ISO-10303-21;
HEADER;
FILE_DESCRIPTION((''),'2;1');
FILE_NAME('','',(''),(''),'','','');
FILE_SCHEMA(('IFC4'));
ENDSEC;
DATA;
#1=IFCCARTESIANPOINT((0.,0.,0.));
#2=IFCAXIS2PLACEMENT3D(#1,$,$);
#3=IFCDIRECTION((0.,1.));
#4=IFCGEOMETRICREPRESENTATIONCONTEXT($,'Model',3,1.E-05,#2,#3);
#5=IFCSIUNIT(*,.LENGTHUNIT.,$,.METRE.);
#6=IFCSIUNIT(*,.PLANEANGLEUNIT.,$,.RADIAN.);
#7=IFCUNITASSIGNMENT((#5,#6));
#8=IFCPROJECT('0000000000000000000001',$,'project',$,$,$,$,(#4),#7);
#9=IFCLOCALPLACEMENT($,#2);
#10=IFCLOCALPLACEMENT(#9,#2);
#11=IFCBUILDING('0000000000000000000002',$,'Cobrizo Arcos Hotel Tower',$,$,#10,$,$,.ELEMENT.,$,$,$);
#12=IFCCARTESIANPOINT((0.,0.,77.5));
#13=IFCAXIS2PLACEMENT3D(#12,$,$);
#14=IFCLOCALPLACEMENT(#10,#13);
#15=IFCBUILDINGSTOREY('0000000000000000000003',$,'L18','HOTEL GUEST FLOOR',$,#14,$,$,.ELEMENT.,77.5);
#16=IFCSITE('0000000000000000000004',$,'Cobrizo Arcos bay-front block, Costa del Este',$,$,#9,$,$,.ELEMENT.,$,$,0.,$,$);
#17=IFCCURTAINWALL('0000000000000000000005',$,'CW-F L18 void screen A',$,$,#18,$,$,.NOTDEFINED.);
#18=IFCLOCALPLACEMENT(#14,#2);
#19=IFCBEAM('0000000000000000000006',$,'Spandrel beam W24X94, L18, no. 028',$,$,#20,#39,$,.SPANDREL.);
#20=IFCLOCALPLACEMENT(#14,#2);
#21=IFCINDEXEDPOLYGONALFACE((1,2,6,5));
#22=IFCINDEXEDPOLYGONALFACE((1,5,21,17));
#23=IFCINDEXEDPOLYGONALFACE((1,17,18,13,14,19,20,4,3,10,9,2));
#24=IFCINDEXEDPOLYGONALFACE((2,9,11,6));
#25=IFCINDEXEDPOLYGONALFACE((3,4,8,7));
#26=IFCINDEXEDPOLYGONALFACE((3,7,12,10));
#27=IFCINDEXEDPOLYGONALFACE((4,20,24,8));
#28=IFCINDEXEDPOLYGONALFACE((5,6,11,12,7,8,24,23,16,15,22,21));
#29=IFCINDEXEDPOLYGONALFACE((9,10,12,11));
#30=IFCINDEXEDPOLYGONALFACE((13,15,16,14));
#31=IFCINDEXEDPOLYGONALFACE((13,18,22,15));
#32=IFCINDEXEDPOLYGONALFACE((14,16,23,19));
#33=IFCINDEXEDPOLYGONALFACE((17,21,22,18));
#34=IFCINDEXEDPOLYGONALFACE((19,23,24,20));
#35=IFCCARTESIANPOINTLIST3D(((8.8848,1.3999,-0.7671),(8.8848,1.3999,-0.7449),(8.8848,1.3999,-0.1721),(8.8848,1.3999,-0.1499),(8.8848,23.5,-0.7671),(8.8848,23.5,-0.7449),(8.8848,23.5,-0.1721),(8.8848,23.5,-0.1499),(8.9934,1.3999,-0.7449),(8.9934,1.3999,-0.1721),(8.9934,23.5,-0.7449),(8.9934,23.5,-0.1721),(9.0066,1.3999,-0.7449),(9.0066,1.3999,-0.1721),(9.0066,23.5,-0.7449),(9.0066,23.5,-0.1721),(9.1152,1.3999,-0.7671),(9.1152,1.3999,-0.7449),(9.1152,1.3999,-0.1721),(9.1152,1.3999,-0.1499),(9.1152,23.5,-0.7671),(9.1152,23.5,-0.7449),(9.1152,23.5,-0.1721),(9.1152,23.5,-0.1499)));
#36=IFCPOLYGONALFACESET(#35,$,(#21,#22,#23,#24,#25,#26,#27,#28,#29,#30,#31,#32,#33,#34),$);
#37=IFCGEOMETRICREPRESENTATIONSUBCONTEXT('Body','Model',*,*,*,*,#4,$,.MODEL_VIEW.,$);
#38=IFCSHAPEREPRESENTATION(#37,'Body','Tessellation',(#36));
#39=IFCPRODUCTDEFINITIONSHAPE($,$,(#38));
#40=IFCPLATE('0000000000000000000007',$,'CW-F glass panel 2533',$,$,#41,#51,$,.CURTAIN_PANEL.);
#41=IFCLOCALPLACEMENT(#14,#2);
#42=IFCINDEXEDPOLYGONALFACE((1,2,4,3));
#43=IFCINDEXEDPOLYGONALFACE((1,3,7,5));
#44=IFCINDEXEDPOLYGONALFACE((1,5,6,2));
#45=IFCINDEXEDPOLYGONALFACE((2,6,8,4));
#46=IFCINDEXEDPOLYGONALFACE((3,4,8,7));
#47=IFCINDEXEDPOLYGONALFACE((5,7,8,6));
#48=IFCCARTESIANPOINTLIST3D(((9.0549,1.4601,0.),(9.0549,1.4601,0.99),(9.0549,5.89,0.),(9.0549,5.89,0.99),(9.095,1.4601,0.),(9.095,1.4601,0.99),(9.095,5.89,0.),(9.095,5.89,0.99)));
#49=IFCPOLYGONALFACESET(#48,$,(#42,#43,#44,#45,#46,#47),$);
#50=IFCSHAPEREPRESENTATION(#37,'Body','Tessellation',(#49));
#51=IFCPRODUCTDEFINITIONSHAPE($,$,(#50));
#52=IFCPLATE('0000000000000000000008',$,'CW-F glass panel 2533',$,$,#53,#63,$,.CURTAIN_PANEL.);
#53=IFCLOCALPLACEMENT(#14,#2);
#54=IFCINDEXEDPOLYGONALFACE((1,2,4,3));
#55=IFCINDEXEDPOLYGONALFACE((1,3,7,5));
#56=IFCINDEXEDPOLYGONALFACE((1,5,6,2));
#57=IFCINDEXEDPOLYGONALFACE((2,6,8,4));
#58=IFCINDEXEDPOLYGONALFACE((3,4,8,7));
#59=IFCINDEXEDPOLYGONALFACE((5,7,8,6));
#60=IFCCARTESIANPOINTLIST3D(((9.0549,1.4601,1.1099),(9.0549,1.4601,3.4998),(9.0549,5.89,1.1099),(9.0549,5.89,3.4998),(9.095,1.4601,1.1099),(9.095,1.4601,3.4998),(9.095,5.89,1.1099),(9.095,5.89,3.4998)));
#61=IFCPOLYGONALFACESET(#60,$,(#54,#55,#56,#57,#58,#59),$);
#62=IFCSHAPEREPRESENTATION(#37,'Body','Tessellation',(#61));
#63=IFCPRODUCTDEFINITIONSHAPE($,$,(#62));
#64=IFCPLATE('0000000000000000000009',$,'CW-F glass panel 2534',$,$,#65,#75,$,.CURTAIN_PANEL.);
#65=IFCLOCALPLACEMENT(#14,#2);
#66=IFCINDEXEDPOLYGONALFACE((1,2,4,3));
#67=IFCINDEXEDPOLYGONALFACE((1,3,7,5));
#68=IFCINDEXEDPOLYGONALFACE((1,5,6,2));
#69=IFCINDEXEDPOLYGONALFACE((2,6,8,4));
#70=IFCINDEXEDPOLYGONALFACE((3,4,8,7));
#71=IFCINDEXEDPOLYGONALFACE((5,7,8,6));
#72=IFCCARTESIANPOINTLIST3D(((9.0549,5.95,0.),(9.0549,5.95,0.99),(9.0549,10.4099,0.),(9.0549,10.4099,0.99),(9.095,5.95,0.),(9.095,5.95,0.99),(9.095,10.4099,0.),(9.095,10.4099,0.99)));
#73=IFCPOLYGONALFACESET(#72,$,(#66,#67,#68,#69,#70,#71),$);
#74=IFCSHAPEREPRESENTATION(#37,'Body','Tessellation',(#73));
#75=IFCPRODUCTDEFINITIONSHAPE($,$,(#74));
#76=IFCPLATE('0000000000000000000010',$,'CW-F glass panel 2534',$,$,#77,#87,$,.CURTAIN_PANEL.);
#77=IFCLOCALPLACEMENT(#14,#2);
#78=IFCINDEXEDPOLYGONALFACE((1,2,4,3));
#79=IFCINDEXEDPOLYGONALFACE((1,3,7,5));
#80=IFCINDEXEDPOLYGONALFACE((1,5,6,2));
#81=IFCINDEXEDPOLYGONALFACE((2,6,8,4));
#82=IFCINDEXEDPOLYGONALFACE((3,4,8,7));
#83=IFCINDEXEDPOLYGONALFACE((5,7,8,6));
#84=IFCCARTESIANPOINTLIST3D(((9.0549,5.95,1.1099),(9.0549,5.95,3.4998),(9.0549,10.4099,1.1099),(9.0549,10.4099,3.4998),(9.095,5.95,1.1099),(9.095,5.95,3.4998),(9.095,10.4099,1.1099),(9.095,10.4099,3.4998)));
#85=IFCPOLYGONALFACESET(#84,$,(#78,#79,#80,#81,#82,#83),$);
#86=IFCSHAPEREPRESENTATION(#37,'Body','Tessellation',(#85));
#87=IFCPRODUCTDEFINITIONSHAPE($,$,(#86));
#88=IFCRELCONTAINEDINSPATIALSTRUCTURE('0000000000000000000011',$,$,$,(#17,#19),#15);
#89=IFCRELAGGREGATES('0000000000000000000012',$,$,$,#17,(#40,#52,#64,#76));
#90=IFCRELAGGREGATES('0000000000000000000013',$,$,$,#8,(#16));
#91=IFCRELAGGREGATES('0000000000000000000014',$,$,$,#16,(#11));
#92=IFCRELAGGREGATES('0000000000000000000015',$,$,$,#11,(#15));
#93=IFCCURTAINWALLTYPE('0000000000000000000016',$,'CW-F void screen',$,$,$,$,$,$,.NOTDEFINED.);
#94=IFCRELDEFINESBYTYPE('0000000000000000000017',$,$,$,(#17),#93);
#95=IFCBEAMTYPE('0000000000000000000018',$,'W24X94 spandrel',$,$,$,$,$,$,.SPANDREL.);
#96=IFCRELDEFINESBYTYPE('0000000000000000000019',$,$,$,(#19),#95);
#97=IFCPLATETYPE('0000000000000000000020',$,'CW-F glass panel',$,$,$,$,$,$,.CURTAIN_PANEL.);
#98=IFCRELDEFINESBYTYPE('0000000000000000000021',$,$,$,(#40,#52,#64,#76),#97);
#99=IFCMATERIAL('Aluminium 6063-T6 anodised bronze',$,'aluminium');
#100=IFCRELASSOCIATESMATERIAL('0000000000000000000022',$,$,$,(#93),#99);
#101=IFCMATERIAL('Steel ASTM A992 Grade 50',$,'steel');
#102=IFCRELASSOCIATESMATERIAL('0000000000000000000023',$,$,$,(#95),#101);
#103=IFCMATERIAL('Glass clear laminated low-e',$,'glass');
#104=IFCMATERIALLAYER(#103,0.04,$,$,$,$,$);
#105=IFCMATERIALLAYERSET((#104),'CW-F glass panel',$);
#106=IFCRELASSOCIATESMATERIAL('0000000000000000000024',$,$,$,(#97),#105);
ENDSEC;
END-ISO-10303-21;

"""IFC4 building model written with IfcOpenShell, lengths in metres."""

from ifc_helpers import new_model, si_unit, direction, frame, origin, origin_2d, place, context, subcontext, project, spatial, rectangle, i_section, extrude, material, layer, layer_set, material_profile, profile_set, type_object, element, aggregate, save


model = new_model("IFC4")

# Units and contexts
model_context = context("Model", 3, precision=1e-05, world=origin(), true_north=direction((0.0, 1.0)))
body_context = subcontext(model_context, "Body", "Model", "MODEL_VIEW")
ifc_project = project(units=[si_unit("LENGTHUNIT", "METRE"), si_unit("PLANEANGLEUNIT", "RADIAN")], contexts=[model_context])

# Site, building, storey
site_placement = place(None, origin())
site = spatial("IfcSite", under=ifc_project, at=site_placement, Name="Cobrizo Arcos bay-front block, Costa del Este", CompositionType="ELEMENT", RefElevation=0.0)
building_placement = place(site_placement, origin())
building = spatial("IfcBuilding", under=site, at=building_placement, Name="Cobrizo Arcos Hotel Tower", CompositionType="ELEMENT")
storey_placement = place(building_placement, frame((0.0, 0.0, 77.5)))
storey = spatial("IfcBuildingStorey", under=building, at=storey_placement, Name="L18", Description="HOTEL GUEST FLOOR", CompositionType="ELEMENT", Elevation=77.5)

# Shared definitions
ifc_material_1 = material(Name="Steel ASTM A992 Grade 50", Category="steel")

# Curtain wall
ifc_material_2 = material(Name="Aluminium 6063-T6 anodised bronze", Category="aluminium")
curtain_wall_type = type_object("IfcCurtainWallType", Name="CW-F void screen", PredefinedType="NOTDEFINED", material=ifc_material_2)
curtain_wall_placement = place(storey_placement, origin())
curtain_wall = element("IfcCurtainWall", 1, at=curtain_wall_placement, inside=storey, type_object=curtain_wall_type, Name="CW-F L18 void screen A", PredefinedType="NOTDEFINED")

# Beam
ifc_material_profile_1 = material_profile(ifc_material_1, i_section(OverallWidth=0.2305, OverallDepth=0.6172, WebThickness=0.0132, FlangeThickness=0.0222, at=origin_2d()), Name="W24X94")
ifc_profile_set_1 = profile_set([ifc_material_profile_1], Name="Steel ASTM A992 Grade 50")
beam_type_1 = type_object("IfcBeamType", Name="W24X94 spandrel", PredefinedType="SPANDREL", material=ifc_profile_set_1)
beam_1_placement = place(storey_placement, frame((9.0, 1.3999, -0.4585), z_axis=(0.0, 1.0, 0.0), x_axis=(-1.0, 0.0, 0.0)))
element("IfcBeam", 2, at=beam_1_placement, inside=storey, type_object=beam_type_1, Name="Spandrel beam W24X94, L18, no. 028", PredefinedType="SPANDREL", context=body_context, shape_type="SweptSolid", body=[
    extrude(i_section(OverallWidth=0.2305, OverallDepth=0.6172, WebThickness=0.0132, FlangeThickness=0.0222, at=origin_2d()), origin(), (0.0, 0.0, 1.0), 22.1001),
])

# Plates
ifc_material_3 = material(Name="Glass clear laminated low-e", Category="glass")
ifc_layer_1 = layer(ifc_material_3, 0.04)
ifc_layer_set_1 = layer_set([ifc_layer_1], Name="CW-F glass panel")
plate_type = type_object("IfcPlateType", Name="CW-F glass panel", PredefinedType="CURTAIN_PANEL", material=ifc_layer_set_1)
plate_1_placement = place(storey_placement, frame((9.075, 3.675, 0.0), z_axis=(0.0, 0.0, 1.0), x_axis=(0.0, 1.0, 0.0)))
plate_1 = element("IfcPlate", 3, at=plate_1_placement, type_object=plate_type, Name="CW-F glass panel 2533", PredefinedType="CURTAIN_PANEL", context=body_context, shape_type="SweptSolid", body=[
    extrude(rectangle(XDim=4.4299, YDim=0.04, at=origin_2d()), origin(), (0.0, 0.0, 1.0), 0.99),
])
plate_2_placement = place(storey_placement, frame((9.075, 3.675, 1.1099), z_axis=(0.0, 0.0, 1.0), x_axis=(0.0, 1.0, 0.0)))
plate_2 = element("IfcPlate", 4, at=plate_2_placement, type_object=plate_type, Name="CW-F glass panel 2533", PredefinedType="CURTAIN_PANEL", context=body_context, shape_type="SweptSolid", body=[
    extrude(rectangle(XDim=4.4299, YDim=0.04, at=origin_2d()), origin(), (0.0, 0.0, 1.0), 2.3899),
])
plate_3_placement = place(storey_placement, frame((9.075, 8.1799, 0.0), z_axis=(0.0, 0.0, 1.0), x_axis=(0.0, 1.0, 0.0)))
plate_3 = element("IfcPlate", 5, at=plate_3_placement, type_object=plate_type, Name="CW-F glass panel 2534", PredefinedType="CURTAIN_PANEL", context=body_context, shape_type="SweptSolid", body=[
    extrude(rectangle(XDim=4.46, YDim=0.04, at=origin_2d()), origin(), (0.0, 0.0, 1.0), 0.99),
])
plate_4_placement = place(storey_placement, frame((9.075, 8.1799, 1.1099), z_axis=(0.0, 0.0, 1.0), x_axis=(0.0, 1.0, 0.0)))
plate_4 = element("IfcPlate", 6, at=plate_4_placement, type_object=plate_type, Name="CW-F glass panel 2534", PredefinedType="CURTAIN_PANEL", context=body_context, shape_type="SweptSolid", body=[
    extrude(rectangle(XDim=4.46, YDim=0.04, at=origin_2d()), origin(), (0.0, 0.0, 1.0), 2.3899),
])
aggregate(curtain_wall, [plate_1, plate_2, plate_3, plate_4])

save(model, "model.ifc")
